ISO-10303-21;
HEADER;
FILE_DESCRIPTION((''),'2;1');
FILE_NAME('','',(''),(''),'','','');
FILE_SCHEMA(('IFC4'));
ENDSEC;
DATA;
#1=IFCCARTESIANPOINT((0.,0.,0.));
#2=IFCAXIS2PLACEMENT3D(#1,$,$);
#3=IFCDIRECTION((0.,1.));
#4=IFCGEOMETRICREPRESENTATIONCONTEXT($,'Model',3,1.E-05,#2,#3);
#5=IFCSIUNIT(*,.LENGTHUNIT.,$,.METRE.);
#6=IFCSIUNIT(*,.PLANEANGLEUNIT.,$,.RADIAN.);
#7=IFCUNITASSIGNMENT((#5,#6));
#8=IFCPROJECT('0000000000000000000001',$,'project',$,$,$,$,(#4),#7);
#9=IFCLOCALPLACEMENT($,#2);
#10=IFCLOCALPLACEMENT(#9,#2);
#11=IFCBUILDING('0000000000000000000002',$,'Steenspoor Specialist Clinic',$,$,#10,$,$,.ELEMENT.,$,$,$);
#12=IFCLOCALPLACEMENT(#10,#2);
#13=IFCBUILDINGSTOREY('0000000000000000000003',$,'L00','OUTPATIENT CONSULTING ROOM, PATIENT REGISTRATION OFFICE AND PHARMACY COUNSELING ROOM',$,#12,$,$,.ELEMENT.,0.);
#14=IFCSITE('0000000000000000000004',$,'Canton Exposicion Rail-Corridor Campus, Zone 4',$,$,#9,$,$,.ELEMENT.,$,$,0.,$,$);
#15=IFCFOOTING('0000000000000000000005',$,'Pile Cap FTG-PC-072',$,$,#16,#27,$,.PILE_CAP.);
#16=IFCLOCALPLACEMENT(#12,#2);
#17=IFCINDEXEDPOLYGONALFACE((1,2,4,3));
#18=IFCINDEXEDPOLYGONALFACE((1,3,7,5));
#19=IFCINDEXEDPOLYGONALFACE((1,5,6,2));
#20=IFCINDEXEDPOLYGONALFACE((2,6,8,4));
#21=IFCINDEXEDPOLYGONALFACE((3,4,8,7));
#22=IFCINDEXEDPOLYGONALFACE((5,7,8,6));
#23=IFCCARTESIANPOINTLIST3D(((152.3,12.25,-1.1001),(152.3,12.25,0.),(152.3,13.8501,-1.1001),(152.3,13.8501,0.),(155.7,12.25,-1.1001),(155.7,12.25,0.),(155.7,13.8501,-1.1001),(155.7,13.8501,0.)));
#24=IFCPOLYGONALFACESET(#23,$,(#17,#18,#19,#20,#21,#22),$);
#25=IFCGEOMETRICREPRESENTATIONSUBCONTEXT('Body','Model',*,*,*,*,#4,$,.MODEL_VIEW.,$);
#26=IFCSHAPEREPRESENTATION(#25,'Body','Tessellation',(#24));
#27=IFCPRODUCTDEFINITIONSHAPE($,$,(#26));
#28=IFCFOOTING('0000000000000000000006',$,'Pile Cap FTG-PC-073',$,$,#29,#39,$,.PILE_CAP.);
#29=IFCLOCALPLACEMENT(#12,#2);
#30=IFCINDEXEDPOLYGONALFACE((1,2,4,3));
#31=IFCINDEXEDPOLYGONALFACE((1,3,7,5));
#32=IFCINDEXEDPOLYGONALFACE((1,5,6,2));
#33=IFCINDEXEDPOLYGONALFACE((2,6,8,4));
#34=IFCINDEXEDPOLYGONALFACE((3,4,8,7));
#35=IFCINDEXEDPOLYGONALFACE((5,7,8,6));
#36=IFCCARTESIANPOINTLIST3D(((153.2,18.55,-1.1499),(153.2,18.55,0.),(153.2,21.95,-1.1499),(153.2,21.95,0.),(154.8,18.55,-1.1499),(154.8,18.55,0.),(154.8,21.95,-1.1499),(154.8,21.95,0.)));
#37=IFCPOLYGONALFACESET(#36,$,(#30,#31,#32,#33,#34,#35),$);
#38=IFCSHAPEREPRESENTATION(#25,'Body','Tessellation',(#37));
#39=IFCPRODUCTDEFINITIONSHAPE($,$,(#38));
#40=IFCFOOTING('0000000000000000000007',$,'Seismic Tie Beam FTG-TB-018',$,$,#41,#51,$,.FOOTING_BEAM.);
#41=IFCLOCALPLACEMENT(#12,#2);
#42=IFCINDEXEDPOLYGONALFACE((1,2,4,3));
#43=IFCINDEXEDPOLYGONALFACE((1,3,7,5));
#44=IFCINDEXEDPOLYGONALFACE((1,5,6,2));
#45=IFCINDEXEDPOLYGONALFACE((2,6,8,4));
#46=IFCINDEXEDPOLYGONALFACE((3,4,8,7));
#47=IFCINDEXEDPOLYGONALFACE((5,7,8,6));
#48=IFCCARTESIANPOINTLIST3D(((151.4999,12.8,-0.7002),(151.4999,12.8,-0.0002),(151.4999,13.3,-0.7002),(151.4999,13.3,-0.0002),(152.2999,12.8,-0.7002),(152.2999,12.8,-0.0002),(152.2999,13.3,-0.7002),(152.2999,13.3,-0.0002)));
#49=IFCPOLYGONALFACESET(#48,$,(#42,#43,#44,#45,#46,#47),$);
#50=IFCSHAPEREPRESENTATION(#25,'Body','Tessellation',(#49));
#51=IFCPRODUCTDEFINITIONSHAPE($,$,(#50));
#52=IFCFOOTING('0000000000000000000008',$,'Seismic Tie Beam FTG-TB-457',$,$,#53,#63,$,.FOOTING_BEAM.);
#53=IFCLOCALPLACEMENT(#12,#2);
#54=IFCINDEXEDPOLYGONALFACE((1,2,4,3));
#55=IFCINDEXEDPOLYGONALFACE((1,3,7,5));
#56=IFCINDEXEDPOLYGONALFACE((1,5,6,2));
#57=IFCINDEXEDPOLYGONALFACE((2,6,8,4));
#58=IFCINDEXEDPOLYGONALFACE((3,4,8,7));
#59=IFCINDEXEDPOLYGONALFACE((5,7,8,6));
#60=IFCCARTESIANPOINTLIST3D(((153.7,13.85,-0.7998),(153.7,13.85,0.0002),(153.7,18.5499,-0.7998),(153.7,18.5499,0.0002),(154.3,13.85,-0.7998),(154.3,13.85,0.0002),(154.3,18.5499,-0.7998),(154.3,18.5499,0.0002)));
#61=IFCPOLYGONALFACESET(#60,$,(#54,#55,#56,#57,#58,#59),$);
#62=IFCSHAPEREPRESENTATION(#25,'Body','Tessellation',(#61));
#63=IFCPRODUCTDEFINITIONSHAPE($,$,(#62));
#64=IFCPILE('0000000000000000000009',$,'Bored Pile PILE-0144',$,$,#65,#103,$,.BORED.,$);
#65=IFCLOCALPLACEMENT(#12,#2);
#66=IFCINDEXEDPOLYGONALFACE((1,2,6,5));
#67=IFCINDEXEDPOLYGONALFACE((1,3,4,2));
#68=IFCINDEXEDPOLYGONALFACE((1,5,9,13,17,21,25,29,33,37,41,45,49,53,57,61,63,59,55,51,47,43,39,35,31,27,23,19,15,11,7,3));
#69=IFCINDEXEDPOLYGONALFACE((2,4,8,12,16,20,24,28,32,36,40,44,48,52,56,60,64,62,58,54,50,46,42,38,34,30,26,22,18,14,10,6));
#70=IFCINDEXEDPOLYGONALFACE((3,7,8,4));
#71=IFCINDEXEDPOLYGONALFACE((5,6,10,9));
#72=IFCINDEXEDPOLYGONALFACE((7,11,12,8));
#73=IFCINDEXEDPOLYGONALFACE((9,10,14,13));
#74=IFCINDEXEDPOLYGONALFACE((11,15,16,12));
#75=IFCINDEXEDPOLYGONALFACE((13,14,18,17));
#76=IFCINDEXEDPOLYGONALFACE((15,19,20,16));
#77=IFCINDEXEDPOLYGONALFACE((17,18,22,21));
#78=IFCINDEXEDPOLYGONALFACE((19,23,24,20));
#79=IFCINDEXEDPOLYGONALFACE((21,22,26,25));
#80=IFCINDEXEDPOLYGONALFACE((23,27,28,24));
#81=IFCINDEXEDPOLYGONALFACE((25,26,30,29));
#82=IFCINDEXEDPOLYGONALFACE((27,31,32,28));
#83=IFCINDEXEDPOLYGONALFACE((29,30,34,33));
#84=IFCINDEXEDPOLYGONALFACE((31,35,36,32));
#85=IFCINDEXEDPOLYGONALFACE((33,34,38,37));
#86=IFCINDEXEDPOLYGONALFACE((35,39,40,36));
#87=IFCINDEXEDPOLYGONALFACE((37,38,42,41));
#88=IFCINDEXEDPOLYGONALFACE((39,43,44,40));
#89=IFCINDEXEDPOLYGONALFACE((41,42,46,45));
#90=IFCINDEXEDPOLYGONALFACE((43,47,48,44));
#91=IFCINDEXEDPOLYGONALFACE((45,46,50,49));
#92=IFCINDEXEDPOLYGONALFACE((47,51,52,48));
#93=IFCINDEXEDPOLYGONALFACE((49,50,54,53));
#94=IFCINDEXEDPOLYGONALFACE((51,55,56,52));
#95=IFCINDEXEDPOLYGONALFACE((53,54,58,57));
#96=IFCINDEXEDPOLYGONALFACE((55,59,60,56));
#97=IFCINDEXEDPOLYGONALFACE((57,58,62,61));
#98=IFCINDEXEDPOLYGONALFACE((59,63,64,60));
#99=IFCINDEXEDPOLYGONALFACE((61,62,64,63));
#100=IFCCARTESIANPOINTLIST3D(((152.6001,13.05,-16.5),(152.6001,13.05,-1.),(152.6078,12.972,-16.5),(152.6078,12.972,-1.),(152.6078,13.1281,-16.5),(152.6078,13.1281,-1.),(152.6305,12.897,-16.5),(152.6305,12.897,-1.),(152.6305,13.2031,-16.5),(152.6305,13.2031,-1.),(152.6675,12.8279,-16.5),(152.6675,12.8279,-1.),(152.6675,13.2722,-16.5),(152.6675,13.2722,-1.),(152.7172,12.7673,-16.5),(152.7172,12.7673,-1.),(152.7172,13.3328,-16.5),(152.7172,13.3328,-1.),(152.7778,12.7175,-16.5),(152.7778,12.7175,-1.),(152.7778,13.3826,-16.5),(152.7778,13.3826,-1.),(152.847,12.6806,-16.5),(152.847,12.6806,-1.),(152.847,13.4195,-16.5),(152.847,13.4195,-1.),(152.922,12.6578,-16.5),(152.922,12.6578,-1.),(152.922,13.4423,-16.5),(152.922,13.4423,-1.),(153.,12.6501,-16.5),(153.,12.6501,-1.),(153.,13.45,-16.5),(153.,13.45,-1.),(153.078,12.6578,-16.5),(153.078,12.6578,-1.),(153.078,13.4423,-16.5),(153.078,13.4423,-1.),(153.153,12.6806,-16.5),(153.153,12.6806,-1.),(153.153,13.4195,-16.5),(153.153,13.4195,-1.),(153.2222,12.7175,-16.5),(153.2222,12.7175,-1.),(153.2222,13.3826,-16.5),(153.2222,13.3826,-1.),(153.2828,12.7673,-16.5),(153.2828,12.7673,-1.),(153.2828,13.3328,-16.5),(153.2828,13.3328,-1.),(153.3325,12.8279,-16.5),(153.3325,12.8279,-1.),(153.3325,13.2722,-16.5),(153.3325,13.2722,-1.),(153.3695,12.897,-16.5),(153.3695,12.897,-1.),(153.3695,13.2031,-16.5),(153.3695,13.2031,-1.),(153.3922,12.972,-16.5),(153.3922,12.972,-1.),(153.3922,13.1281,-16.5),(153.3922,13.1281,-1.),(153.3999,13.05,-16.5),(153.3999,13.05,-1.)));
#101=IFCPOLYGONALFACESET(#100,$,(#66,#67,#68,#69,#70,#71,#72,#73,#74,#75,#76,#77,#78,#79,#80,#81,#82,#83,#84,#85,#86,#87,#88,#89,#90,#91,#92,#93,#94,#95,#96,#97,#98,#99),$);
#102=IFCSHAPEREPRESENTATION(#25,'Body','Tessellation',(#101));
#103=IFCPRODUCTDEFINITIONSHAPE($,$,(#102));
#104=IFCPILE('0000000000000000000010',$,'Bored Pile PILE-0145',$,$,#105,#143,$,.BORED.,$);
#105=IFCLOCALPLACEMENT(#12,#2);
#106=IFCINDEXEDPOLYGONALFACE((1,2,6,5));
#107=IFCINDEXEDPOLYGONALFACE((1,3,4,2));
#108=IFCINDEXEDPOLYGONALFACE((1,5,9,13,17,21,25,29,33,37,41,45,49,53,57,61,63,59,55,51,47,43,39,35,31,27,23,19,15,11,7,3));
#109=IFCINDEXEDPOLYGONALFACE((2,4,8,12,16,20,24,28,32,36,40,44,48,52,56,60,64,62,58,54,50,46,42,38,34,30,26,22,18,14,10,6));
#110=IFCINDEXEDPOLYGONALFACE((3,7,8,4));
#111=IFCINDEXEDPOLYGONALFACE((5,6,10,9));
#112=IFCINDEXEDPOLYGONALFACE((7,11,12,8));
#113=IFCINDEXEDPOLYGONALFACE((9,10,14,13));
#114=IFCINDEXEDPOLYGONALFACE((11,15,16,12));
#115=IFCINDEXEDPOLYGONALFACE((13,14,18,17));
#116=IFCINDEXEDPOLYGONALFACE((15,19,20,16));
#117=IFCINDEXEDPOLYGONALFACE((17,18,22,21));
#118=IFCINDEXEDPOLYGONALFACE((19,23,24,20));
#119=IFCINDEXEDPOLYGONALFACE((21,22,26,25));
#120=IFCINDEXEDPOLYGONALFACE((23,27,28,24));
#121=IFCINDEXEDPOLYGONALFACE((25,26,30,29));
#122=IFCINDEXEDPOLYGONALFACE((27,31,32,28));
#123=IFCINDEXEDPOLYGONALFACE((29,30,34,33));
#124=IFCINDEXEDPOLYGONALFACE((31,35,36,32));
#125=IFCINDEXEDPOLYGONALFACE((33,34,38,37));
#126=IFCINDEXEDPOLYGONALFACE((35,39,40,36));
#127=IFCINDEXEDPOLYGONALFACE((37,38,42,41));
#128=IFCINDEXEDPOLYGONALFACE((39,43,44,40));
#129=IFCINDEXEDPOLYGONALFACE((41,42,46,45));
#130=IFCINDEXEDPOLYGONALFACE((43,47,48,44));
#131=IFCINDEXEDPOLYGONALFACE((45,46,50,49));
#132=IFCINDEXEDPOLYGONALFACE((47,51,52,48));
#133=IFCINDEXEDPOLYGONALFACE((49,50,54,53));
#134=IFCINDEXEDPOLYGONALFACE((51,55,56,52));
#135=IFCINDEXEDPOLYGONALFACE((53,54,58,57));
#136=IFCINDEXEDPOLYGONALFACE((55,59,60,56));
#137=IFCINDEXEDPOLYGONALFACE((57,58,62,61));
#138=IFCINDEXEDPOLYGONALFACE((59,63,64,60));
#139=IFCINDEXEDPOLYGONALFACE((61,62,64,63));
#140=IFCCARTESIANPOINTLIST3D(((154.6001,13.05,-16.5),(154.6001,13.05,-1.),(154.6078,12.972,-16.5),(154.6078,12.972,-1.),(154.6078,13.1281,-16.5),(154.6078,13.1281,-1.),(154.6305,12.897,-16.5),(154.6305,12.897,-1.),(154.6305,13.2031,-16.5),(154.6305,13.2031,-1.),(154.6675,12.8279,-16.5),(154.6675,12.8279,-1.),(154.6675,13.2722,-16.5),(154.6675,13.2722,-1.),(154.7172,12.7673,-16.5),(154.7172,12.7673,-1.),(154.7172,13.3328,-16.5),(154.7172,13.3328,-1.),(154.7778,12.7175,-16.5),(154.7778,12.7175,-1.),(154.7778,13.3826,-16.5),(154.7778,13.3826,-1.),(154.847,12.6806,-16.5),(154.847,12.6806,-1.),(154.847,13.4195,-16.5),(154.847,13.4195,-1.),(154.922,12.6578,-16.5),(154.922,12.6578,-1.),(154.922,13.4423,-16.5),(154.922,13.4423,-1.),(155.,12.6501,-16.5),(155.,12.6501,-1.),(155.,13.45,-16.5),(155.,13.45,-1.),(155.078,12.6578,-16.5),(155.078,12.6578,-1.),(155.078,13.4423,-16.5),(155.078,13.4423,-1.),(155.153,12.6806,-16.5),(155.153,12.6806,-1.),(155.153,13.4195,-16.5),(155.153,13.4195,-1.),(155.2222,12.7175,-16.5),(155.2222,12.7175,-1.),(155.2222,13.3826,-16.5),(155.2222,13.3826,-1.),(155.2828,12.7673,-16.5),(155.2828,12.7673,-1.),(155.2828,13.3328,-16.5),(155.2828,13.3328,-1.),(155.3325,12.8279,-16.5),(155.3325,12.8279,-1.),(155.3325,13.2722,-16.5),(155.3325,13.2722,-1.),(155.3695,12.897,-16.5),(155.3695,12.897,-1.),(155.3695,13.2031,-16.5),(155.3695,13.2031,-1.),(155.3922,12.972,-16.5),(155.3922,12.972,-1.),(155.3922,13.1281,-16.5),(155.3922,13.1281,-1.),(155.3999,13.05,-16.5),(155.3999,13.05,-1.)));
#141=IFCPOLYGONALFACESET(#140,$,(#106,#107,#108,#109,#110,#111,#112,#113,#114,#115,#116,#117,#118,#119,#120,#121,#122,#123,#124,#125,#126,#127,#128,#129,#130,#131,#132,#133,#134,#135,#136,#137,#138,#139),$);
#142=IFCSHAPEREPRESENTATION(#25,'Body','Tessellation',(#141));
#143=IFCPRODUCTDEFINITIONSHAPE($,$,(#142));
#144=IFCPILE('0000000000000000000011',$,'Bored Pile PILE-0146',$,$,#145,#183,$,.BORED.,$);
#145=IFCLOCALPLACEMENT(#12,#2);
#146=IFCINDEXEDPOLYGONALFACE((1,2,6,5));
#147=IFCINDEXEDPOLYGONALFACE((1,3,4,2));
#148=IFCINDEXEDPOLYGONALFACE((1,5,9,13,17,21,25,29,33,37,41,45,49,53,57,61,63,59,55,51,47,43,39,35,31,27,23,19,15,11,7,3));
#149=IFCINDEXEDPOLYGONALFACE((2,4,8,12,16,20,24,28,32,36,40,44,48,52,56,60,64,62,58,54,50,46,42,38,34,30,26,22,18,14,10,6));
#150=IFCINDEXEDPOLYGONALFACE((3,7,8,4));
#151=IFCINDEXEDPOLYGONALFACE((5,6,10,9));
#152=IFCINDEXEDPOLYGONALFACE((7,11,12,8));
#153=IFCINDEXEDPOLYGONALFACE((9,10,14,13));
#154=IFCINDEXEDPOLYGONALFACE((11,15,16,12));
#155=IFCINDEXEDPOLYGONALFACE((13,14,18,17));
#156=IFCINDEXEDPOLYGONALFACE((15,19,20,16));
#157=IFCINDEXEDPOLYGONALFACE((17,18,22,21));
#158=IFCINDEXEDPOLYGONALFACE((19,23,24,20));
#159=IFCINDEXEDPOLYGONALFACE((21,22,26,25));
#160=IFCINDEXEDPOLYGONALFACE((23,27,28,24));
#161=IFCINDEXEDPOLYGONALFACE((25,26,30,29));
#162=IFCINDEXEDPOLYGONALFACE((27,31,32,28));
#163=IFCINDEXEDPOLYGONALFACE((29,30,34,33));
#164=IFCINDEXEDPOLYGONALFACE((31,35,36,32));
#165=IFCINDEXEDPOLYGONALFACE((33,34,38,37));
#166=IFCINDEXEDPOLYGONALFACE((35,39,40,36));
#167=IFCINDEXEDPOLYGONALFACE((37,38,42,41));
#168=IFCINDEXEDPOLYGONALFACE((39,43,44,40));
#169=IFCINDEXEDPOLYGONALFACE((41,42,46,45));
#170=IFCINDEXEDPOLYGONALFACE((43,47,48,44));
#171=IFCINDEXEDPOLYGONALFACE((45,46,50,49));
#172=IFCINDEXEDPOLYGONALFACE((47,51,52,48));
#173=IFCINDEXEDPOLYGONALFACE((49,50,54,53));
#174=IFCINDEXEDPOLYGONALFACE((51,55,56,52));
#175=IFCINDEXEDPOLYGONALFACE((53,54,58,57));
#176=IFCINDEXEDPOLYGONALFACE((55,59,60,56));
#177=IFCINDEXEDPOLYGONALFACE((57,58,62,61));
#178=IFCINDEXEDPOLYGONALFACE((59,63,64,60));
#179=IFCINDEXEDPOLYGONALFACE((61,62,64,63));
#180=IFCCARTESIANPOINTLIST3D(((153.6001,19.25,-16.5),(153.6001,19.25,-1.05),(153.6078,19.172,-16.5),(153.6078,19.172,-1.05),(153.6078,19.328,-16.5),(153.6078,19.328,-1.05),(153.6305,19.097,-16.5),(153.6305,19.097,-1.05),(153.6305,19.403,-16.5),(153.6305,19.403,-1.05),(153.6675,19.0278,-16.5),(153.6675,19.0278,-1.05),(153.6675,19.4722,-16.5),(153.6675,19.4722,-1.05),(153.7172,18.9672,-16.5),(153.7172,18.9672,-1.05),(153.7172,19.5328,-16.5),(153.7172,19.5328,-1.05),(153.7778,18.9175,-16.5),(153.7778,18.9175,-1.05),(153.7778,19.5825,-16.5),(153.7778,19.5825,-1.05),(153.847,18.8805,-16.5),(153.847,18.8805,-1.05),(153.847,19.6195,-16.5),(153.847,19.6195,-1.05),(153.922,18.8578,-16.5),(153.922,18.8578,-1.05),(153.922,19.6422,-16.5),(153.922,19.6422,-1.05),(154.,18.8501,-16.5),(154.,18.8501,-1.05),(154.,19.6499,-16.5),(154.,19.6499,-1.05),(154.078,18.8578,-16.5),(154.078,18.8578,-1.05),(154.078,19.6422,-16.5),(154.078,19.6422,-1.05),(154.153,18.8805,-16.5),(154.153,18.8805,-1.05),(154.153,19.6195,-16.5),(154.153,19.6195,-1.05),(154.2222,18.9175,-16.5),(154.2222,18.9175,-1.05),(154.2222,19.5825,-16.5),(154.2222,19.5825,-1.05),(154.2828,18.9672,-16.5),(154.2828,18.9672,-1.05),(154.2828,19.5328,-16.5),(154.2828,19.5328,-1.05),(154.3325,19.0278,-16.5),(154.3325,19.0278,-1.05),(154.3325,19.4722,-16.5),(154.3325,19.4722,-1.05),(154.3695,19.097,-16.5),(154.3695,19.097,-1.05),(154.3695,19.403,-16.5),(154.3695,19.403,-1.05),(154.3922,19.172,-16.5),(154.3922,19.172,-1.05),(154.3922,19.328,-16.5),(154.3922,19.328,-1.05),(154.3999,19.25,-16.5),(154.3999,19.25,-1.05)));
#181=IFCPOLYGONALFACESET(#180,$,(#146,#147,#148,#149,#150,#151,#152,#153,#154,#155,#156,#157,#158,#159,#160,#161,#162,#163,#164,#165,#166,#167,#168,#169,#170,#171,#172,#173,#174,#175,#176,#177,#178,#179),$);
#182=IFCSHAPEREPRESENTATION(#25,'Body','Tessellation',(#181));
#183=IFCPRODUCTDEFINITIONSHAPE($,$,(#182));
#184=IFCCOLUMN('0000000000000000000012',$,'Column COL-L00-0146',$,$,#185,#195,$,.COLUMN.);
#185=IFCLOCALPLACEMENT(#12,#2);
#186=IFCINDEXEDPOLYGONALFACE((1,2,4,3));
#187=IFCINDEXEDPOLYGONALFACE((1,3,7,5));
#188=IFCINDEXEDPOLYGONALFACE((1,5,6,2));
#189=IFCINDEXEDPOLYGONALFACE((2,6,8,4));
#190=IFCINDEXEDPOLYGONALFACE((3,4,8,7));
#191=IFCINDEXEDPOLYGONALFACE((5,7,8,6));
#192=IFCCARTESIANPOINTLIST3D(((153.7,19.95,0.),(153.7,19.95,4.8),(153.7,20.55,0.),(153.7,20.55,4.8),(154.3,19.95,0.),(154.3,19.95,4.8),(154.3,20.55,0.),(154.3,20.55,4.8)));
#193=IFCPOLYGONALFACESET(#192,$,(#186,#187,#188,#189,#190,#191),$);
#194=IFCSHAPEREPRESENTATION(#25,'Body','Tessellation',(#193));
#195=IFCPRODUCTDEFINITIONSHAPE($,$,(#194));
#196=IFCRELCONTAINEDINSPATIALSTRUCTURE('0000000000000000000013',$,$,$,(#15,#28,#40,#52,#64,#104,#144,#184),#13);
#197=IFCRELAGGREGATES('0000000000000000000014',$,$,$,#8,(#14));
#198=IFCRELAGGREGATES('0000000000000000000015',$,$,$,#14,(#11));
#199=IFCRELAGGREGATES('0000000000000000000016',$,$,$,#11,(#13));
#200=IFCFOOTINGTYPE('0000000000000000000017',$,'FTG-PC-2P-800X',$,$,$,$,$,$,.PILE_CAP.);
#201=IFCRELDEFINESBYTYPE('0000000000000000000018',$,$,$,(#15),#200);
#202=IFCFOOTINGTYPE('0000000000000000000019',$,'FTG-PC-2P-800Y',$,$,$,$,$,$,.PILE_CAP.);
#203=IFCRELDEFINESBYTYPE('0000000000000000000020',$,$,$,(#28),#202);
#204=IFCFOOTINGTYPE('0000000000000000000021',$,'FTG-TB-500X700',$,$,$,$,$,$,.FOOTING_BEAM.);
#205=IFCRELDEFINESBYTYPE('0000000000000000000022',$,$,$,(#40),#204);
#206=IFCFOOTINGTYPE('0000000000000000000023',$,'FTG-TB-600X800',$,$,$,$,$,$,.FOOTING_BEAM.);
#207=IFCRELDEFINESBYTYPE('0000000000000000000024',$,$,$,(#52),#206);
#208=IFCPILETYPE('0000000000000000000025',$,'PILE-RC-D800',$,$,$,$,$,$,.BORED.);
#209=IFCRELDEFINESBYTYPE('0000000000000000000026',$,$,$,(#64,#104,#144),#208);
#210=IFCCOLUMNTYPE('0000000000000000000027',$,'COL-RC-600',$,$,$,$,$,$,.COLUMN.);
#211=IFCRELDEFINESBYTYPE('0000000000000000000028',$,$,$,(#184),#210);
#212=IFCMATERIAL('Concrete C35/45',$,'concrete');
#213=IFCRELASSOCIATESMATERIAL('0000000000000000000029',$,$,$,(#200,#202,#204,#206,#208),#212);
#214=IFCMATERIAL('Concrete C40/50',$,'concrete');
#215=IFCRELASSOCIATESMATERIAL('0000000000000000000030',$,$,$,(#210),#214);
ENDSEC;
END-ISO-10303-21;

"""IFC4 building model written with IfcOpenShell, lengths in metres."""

from ifc_helpers import new_model, si_unit, direction, frame, origin, origin_2d, place, context, subcontext, project, spatial, rectangle, circle, extrude, material, material_profile, profile_set, type_object, element, save


model = new_model("IFC4")

# Units and contexts
model_context = context("Model", 3, precision=1e-05, world=origin(), true_north=direction((0.0, 1.0)))
body_context = subcontext(model_context, "Body", "Model", "MODEL_VIEW")
ifc_project = project(units=[si_unit("LENGTHUNIT", "METRE"), si_unit("PLANEANGLEUNIT", "RADIAN")], contexts=[model_context])

# Site, building, storey
site_placement = place(None, origin())
site = spatial("IfcSite", under=ifc_project, at=site_placement, Name="Canton Exposicion Rail-Corridor Campus, Zone 4", CompositionType="ELEMENT", RefElevation=0.0)
building_placement = place(site_placement, origin())
building = spatial("IfcBuilding", under=site, at=building_placement, Name="Steenspoor Specialist Clinic", CompositionType="ELEMENT")
storey_placement = place(building_placement, origin())
storey = spatial("IfcBuildingStorey", under=building, at=storey_placement, Name="L00", Description="OUTPATIENT CONSULTING ROOM, PATIENT REGISTRATION OFFICE AND PHARMACY COUNSELING ROOM", CompositionType="ELEMENT", Elevation=0.0)

# Footings
ifc_material_1 = material(Name="Concrete C35/45", Category="concrete")
footing_type_1 = type_object("IfcFootingType", Name="FTG-PC-2P-800X", PredefinedType="PILE_CAP", material=ifc_material_1)
footing_1_placement = place(storey_placement, frame((154.0, 13.05, -1.1001), z_axis=(0.0, 0.0, 1.0), x_axis=(1.0, 0.0, 0.0)))
element("IfcFooting", 1, at=footing_1_placement, inside=storey, type_object=footing_type_1, Name="Pile Cap FTG-PC-072", PredefinedType="PILE_CAP", context=body_context, shape_type="SweptSolid", body=[
    extrude(rectangle(XDim=3.3999, YDim=1.6001, at=origin_2d()), origin(), (0.0, 0.0, 1.0), 1.1001),
])
footing_type_2 = type_object("IfcFootingType", Name="FTG-PC-2P-800Y", PredefinedType="PILE_CAP", material=ifc_material_1)
footing_2_placement = place(storey_placement, frame((154.0, 20.25, -1.1499), z_axis=(0.0, 0.0, 1.0), x_axis=(1.0, 0.0, 0.0)))
element("IfcFooting", 2, at=footing_2_placement, inside=storey, type_object=footing_type_2, Name="Pile Cap FTG-PC-073", PredefinedType="PILE_CAP", context=body_context, shape_type="SweptSolid", body=[
    extrude(rectangle(XDim=1.6001, YDim=3.3999, at=origin_2d()), origin(), (0.0, 0.0, 1.0), 1.1499),
])
footing_type_3 = type_object("IfcFootingType", Name="FTG-TB-500X700", PredefinedType="FOOTING_BEAM", material=ifc_material_1)
footing_3_placement = place(storey_placement, frame((151.8999, 13.05, -0.7002), z_axis=(0.0, 0.0, 1.0), x_axis=(1.0, 0.0, 0.0)))
element("IfcFooting", 3, at=footing_3_placement, inside=storey, type_object=footing_type_3, Name="Seismic Tie Beam FTG-TB-018", PredefinedType="FOOTING_BEAM", context=body_context, shape_type="SweptSolid", body=[
    extrude(rectangle(XDim=0.8, YDim=0.5, at=origin_2d()), origin(), (0.0, 0.0, 1.0), 0.7),
])
footing_type_4 = type_object("IfcFootingType", Name="FTG-TB-600X800", PredefinedType="FOOTING_BEAM", material=ifc_material_1)
footing_4_placement = place(storey_placement, frame((154.0, 16.2, -0.7998), z_axis=(0.0, 0.0, 1.0), x_axis=(1.0, 0.0, 0.0)))
element("IfcFooting", 4, at=footing_4_placement, inside=storey, type_object=footing_type_4, Name="Seismic Tie Beam FTG-TB-457", PredefinedType="FOOTING_BEAM", context=body_context, shape_type="SweptSolid", body=[
    extrude(rectangle(XDim=0.6001, YDim=4.7, at=origin_2d()), origin(), (0.0, 0.0, 1.0), 0.8),
])

# Piles
ifc_material_profile_1 = material_profile(ifc_material_1, circle(Radius=0.3999, at=origin_2d()), Name="PILE-D800")
ifc_profile_set_1 = profile_set([ifc_material_profile_1], Name="Concrete C35/45")
pile_type = type_object("IfcPileType", Name="PILE-RC-D800", PredefinedType="BORED", material=ifc_profile_set_1)
for number, where, z_axis, x_axis, name in (
    (5, (153.0, 13.05, -1.0), (0.0, 0.0, -1.0), (1.0, 0.0, 0.0), "Bored Pile PILE-0144"),
    (6, (155.0, 13.05, -1.0), (0.0, 0.0, -1.0), (1.0, 0.0, 0.0), "Bored Pile PILE-0145"),
):
    element("IfcPile", number, at=place(storey_placement, frame(where, z_axis=z_axis, x_axis=x_axis)), inside=storey, type_object=pile_type, Name=name, PredefinedType="BORED", context=body_context, shape_type="SweptSolid", body=[
        extrude(circle(Radius=0.3999, at=origin_2d()), origin(), (0.0, 0.0, 1.0), 15.5),
    ])
pile_placement = place(storey_placement, frame((154.0, 19.25, -1.05), z_axis=(0.0, 0.0, -1.0), x_axis=(1.0, 0.0, 0.0)))
element("IfcPile", 7, at=pile_placement, inside=storey, type_object=pile_type, Name="Bored Pile PILE-0146", PredefinedType="BORED", context=body_context, shape_type="SweptSolid", body=[
    extrude(circle(Radius=0.3999, at=origin_2d()), origin(), (0.0, 0.0, 1.0), 15.45),
])

# Column
ifc_material_2 = material(Name="Concrete C40/50", Category="concrete")
ifc_material_profile_2 = material_profile(ifc_material_2, rectangle(XDim=0.6001, YDim=0.6001, at=origin_2d()), Name="RC-COL-600X600")
ifc_profile_set_2 = profile_set([ifc_material_profile_2], Name="Concrete C40/50")
column_type_1 = type_object("IfcColumnType", Name="COL-RC-600", PredefinedType="COLUMN", material=ifc_profile_set_2)
column_1_placement = place(storey_placement, frame((154.0, 20.25, 0.0), z_axis=(0.0, 0.0, 1.0), x_axis=(1.0, 0.0, 0.0)))
element("IfcColumn", 8, at=column_1_placement, inside=storey, type_object=column_type_1, Name="Column COL-L00-0146", PredefinedType="COLUMN", context=body_context, shape_type="SweptSolid", body=[
    extrude(rectangle(XDim=0.6001, YDim=0.6001, at=origin_2d()), origin(), (0.0, 0.0, 1.0), 4.8),
])

save(model, "model.ifc")
